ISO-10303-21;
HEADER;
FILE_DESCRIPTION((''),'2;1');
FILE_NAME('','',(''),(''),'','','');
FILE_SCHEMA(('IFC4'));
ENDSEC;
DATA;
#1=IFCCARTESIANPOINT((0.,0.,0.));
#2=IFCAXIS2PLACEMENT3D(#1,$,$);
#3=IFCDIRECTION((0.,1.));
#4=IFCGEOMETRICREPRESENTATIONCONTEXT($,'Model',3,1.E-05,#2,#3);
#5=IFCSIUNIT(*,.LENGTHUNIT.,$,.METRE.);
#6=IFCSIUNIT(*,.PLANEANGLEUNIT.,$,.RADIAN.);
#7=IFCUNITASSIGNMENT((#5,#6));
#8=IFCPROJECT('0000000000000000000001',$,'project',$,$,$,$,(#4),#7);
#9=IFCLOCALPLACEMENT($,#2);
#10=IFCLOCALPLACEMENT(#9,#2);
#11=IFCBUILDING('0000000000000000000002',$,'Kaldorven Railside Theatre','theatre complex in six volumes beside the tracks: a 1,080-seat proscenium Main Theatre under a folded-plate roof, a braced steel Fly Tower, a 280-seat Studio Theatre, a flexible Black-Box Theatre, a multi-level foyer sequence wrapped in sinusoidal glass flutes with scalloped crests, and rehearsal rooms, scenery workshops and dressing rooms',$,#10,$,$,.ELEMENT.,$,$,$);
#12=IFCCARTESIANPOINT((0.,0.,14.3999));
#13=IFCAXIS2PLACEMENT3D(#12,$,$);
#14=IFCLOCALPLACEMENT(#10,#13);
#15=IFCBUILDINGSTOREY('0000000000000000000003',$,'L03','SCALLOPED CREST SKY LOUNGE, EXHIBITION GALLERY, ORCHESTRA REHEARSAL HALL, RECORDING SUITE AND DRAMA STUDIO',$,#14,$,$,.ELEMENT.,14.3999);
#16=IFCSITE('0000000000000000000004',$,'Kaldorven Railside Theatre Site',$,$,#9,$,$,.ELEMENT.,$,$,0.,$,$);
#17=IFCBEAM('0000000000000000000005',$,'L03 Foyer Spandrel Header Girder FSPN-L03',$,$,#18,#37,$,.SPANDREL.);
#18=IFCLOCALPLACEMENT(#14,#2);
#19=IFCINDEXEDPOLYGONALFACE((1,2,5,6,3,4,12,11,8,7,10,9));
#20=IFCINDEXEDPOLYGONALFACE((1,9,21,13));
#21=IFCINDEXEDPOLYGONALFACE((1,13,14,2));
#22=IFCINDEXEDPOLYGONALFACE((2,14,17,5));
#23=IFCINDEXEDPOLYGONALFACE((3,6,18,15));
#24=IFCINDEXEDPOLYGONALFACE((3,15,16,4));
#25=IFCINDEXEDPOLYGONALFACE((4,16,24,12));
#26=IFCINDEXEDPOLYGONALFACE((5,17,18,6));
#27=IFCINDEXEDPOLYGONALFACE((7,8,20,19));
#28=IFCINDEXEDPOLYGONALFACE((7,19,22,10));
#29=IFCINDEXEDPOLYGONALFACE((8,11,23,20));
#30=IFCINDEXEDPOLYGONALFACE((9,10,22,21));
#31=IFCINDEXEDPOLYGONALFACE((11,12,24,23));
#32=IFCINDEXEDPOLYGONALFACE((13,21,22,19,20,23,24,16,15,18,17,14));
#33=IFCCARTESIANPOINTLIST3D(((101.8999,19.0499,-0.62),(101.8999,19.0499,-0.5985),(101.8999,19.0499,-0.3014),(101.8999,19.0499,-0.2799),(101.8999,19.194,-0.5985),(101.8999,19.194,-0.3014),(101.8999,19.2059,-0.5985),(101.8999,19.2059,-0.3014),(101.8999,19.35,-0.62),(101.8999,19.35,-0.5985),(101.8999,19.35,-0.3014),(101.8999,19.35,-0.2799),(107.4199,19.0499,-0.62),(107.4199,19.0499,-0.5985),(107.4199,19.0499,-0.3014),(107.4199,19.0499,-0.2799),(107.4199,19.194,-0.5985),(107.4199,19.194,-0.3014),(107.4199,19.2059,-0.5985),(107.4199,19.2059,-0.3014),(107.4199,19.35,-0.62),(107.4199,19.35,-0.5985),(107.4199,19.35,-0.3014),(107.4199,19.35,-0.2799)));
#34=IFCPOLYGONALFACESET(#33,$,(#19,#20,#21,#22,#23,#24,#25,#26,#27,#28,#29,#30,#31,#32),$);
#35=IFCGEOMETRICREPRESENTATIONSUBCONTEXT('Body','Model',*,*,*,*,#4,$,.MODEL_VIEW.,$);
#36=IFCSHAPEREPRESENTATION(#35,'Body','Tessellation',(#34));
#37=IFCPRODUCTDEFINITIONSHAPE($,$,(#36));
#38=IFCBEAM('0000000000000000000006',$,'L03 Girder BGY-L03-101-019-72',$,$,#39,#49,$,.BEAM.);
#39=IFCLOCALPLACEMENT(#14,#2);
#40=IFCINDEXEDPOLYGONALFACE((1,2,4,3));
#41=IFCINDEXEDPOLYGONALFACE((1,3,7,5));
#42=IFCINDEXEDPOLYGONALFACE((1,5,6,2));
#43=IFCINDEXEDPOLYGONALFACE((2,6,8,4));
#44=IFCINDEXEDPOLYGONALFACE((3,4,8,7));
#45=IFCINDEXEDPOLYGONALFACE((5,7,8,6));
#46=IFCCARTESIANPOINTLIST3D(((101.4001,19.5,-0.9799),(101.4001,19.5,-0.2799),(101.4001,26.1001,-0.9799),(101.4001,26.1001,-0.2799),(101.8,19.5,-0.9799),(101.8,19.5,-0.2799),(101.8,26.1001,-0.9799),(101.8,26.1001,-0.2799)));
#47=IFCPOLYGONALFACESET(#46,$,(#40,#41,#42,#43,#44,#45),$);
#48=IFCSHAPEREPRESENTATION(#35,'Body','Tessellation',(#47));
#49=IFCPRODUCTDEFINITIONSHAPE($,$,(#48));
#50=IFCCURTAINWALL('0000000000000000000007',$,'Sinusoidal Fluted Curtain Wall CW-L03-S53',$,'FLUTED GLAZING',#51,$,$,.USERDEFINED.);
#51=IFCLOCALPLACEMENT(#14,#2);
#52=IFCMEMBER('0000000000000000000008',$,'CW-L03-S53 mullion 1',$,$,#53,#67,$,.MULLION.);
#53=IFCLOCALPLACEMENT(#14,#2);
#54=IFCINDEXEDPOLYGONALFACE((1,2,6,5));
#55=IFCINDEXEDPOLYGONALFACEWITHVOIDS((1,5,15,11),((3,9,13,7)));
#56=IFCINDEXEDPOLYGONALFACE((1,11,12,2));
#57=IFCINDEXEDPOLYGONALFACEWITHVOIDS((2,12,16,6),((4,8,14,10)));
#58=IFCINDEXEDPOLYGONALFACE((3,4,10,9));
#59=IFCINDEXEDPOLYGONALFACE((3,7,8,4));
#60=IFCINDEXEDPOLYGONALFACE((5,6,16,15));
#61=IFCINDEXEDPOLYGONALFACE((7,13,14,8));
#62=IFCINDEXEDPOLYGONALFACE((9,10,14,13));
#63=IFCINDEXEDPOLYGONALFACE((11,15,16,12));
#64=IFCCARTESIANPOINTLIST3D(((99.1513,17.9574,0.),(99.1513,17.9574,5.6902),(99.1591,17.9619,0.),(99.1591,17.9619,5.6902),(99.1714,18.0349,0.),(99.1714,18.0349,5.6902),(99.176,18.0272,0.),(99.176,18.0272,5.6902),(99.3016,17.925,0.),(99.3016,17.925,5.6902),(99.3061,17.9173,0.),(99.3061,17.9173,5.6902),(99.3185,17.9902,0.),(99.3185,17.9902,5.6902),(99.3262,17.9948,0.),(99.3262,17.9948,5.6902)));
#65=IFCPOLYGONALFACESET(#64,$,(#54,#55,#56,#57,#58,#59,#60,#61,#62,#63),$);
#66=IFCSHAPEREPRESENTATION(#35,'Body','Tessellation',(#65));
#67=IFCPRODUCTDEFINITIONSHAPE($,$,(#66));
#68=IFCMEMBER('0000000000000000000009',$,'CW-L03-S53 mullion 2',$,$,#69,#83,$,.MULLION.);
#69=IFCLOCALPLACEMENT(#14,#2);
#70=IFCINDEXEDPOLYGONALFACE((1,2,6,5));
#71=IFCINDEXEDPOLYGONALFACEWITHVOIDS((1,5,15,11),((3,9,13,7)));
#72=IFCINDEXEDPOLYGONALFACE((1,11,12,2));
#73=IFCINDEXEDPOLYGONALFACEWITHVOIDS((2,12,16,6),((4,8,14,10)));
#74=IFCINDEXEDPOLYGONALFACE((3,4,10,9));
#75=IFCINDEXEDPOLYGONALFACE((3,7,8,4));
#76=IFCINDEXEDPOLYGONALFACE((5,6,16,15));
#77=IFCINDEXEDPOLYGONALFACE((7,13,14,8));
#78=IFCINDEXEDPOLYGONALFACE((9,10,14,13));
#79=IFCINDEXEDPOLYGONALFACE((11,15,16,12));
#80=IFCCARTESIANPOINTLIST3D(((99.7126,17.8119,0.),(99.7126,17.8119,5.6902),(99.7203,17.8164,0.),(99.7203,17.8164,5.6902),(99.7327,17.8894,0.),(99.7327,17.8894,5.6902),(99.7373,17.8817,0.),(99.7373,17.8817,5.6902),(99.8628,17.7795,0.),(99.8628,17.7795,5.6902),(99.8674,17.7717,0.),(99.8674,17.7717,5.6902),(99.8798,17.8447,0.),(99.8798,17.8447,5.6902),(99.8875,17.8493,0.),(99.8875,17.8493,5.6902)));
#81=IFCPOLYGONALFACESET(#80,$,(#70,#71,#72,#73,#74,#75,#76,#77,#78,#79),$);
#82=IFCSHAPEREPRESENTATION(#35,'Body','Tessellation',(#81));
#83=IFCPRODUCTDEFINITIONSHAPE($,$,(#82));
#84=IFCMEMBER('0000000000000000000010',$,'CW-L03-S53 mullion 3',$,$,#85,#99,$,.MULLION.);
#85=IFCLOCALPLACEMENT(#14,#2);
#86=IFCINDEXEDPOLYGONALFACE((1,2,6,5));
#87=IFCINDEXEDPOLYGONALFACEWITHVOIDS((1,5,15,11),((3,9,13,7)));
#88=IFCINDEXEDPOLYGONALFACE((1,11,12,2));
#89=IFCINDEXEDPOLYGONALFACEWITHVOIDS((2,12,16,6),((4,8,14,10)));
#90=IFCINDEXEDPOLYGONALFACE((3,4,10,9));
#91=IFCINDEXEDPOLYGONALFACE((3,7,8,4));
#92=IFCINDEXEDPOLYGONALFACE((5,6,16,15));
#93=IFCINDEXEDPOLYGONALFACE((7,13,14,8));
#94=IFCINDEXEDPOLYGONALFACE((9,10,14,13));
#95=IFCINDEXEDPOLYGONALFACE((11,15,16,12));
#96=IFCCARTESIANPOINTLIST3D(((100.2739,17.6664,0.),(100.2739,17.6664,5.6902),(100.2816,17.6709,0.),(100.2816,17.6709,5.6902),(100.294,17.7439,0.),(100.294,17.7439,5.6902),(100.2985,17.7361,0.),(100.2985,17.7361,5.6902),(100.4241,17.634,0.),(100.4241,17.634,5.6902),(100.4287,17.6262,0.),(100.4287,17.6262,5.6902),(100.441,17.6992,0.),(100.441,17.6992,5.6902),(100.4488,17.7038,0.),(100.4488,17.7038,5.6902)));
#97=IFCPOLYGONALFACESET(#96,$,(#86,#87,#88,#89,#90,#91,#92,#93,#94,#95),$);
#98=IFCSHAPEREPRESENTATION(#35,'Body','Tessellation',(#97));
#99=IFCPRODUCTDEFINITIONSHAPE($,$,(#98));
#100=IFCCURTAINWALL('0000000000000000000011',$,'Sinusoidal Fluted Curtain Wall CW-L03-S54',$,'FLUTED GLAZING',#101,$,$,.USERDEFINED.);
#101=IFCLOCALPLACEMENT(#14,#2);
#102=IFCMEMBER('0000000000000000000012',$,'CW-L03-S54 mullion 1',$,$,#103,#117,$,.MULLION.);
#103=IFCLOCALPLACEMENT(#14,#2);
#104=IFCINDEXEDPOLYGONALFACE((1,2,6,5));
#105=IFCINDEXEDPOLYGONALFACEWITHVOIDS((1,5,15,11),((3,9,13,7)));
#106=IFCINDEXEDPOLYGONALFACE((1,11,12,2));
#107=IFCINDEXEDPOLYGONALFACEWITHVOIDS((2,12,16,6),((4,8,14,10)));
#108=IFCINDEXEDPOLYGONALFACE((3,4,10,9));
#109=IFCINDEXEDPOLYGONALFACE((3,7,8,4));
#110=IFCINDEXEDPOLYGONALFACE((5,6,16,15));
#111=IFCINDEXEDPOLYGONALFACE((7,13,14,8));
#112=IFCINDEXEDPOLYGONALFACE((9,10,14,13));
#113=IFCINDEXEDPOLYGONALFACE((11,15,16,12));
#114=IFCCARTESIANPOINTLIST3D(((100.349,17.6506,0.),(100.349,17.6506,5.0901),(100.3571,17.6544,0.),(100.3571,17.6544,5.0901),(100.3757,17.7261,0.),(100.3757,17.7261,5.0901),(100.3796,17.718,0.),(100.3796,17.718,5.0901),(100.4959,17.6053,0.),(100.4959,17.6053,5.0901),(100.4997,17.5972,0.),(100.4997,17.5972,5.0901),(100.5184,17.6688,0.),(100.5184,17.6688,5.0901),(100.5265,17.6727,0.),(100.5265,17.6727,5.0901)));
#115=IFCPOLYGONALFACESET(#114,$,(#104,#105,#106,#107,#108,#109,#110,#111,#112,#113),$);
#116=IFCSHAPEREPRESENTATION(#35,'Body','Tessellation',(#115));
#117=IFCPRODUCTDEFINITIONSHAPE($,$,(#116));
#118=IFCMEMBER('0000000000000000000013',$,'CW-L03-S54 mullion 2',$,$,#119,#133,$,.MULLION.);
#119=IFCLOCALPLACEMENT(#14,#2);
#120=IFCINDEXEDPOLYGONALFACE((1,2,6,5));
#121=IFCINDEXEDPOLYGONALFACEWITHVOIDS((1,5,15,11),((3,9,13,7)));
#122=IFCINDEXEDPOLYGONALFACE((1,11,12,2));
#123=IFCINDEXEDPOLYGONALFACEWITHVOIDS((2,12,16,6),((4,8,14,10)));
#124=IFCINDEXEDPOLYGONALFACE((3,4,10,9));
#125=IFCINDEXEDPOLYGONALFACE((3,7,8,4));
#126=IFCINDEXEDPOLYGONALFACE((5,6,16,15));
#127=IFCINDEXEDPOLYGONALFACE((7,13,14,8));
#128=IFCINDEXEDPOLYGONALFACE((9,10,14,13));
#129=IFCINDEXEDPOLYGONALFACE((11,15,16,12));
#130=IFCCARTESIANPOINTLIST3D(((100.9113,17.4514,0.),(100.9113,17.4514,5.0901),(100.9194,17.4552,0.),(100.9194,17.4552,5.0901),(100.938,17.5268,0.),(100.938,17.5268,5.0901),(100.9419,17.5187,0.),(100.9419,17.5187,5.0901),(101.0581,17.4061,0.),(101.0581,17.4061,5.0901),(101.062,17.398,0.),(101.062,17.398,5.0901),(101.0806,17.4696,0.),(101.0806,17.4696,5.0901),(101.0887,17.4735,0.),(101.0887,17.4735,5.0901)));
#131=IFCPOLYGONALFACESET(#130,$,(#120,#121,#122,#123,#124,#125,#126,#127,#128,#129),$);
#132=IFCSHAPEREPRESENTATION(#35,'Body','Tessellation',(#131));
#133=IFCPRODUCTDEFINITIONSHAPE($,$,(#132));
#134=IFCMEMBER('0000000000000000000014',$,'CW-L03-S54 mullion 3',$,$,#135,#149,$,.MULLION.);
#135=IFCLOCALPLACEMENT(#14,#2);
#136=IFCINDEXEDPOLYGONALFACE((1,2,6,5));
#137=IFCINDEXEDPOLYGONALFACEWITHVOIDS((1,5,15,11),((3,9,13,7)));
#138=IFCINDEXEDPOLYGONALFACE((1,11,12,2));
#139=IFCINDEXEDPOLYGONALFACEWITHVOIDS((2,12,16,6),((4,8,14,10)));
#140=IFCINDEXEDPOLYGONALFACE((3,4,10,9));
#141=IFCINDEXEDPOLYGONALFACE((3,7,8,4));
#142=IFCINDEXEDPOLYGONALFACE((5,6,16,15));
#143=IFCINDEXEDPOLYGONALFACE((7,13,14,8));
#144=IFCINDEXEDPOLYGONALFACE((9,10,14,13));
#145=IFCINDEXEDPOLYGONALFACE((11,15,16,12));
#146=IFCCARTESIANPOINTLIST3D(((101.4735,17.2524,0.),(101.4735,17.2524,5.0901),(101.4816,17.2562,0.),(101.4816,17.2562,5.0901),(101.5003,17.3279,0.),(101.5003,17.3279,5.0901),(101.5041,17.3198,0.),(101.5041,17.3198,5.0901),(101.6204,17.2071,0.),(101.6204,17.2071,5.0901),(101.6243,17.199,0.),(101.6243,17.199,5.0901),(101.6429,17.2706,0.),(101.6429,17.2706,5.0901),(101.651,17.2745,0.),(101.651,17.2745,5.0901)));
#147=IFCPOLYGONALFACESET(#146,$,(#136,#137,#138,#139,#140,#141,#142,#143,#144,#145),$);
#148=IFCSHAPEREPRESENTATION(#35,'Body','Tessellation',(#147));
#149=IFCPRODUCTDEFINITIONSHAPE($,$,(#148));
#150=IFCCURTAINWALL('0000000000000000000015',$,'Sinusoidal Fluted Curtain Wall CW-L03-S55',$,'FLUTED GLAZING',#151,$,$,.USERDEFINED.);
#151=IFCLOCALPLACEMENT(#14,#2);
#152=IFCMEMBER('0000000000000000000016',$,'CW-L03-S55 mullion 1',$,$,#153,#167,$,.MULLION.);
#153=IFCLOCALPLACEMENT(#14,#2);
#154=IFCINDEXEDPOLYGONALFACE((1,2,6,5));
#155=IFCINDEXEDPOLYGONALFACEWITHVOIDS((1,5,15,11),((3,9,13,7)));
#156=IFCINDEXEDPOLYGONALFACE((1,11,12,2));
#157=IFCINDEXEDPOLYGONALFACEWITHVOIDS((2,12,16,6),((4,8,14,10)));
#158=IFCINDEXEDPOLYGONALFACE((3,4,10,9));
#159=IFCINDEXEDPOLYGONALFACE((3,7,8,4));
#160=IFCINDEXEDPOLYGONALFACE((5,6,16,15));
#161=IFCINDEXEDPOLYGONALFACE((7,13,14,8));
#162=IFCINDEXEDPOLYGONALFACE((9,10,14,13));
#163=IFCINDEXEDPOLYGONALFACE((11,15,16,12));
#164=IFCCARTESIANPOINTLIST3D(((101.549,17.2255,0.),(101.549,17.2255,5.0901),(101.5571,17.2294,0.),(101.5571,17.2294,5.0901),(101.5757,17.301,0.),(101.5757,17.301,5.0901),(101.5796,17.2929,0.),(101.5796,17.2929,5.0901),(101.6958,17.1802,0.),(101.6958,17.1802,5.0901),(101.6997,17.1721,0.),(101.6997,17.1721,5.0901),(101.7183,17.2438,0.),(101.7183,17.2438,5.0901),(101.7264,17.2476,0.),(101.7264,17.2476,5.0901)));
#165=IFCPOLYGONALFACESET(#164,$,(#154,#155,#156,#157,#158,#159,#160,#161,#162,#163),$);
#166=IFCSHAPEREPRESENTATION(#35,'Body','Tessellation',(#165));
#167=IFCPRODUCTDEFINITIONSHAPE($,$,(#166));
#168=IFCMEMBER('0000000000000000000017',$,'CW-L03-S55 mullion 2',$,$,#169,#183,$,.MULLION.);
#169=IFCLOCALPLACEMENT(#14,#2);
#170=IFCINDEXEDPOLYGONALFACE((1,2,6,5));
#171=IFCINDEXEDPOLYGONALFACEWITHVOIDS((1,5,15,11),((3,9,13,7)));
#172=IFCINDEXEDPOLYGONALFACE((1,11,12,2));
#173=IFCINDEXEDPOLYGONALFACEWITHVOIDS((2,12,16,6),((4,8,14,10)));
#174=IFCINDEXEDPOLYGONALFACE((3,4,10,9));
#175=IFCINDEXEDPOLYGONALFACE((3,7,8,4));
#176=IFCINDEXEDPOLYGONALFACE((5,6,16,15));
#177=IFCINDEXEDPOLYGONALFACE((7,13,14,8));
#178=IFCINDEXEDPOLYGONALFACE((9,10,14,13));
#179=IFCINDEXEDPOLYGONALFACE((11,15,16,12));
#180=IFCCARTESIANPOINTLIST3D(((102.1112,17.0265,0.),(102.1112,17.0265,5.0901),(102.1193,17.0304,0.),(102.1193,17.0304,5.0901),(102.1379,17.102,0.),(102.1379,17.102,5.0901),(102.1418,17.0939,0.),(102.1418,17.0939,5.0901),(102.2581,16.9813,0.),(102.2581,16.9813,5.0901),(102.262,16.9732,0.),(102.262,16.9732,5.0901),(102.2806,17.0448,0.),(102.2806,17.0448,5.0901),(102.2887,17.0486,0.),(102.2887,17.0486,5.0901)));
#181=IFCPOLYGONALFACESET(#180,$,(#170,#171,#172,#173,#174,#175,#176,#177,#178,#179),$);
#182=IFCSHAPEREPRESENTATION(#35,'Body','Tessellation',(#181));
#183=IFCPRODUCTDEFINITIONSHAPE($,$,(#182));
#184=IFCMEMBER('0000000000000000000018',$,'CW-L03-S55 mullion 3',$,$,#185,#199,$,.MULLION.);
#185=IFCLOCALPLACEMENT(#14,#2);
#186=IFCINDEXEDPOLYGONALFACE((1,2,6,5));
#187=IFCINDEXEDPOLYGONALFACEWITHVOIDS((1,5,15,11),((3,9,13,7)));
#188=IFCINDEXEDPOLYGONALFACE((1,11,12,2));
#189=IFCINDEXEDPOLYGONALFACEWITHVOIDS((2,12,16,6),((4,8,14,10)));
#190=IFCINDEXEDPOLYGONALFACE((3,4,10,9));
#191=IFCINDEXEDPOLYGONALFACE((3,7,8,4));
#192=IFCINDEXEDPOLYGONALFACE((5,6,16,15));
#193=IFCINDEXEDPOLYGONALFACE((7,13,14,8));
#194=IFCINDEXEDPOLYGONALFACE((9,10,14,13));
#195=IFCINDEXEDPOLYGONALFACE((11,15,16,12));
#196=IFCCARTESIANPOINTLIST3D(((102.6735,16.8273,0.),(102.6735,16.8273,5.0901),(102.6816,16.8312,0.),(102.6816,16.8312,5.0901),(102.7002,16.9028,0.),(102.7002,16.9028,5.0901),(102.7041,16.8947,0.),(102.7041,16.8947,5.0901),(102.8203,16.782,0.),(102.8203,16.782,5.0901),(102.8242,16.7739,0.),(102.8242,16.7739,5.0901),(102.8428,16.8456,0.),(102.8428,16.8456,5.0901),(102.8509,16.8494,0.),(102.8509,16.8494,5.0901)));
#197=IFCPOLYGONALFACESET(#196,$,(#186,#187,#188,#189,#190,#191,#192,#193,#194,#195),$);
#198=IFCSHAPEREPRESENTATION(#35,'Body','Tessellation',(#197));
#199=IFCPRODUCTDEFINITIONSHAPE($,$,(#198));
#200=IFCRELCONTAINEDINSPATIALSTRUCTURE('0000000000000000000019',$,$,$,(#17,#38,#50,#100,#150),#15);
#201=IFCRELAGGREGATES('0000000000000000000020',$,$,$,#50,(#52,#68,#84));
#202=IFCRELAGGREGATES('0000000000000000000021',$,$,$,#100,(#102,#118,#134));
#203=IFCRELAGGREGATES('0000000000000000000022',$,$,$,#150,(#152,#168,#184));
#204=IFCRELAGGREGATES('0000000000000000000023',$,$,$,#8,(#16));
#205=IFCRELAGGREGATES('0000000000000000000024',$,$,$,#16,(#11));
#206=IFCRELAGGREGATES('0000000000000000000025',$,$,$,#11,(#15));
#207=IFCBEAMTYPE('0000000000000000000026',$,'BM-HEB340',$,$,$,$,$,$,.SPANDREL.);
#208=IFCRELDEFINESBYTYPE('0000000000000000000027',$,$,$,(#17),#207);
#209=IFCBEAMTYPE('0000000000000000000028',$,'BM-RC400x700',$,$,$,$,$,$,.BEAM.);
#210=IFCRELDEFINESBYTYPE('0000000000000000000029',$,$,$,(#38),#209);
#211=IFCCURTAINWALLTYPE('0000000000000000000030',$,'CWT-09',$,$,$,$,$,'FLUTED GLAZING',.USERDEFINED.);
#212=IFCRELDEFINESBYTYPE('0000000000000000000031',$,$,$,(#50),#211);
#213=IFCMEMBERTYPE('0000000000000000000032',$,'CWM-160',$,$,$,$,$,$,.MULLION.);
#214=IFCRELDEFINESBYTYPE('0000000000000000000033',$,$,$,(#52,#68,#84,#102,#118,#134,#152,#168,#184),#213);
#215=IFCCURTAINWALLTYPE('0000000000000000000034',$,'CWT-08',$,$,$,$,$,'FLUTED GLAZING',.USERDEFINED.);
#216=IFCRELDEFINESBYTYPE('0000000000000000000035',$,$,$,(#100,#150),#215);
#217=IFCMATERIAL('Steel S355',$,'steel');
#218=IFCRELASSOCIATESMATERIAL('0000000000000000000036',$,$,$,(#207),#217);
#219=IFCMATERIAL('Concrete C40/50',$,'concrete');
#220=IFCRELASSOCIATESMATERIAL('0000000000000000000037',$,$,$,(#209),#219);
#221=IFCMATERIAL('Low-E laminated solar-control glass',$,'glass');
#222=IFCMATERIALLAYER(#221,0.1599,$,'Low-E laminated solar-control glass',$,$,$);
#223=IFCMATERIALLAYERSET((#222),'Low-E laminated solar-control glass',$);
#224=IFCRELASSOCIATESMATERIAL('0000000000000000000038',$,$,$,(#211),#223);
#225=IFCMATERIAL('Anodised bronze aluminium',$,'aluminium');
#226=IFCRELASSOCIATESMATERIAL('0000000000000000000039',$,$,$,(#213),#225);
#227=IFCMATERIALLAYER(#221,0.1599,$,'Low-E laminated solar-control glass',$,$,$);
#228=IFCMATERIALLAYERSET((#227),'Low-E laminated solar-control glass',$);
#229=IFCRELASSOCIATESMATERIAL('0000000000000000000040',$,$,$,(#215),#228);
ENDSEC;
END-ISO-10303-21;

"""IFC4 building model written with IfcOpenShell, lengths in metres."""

from ifc_helpers import new_model, si_unit, direction, frame, origin, origin_2d, place, context, subcontext, project, spatial, rectangle, hollow_rectangle, i_section, extrude, material, layer, layer_set, material_profile, profile_set, type_object, element, aggregate, save


model = new_model("IFC4")

# Units and contexts
model_context = context("Model", 3, precision=1e-05, world=origin(), true_north=direction((0.0, 1.0)))
body_context = subcontext(model_context, "Body", "Model", "MODEL_VIEW")
ifc_project = project(units=[si_unit("LENGTHUNIT", "METRE"), si_unit("PLANEANGLEUNIT", "RADIAN")], contexts=[model_context])

# Site, building, storey
site_placement = place(None, origin())
site = spatial("IfcSite", under=ifc_project, at=site_placement, Name="Kaldorven Railside Theatre Site", CompositionType="ELEMENT", RefElevation=0.0)
building_placement = place(site_placement, origin())
building = spatial("IfcBuilding", under=site, at=building_placement, Name="Kaldorven Railside Theatre", Description="theatre complex in six volumes beside the tracks: a 1,080-seat proscenium Main Theatre under a folded-plate roof, a braced steel Fly Tower, a 280-seat Studio Theatre, a flexible Black-Box Theatre, a multi-level foyer sequence wrapped in sinusoidal glass flutes with scalloped crests, and rehearsal rooms, scenery workshops and dressing rooms", CompositionType="ELEMENT")
storey_placement = place(building_placement, frame((0.0, 0.0, 14.3999)))
storey = spatial("IfcBuildingStorey", under=building, at=storey_placement, Name="L03", Description="SCALLOPED CREST SKY LOUNGE, EXHIBITION GALLERY, ORCHESTRA REHEARSAL HALL, RECORDING SUITE AND DRAMA STUDIO", CompositionType="ELEMENT", Elevation=14.3999)

# Shared definitions
ifc_material_1 = material(Name="Concrete C40/50", Category="concrete")

# Beams
ifc_material_2 = material(Name="Steel S355", Category="steel")
ifc_material_profile_1 = material_profile(ifc_material_2, i_section(OverallWidth=0.3, OverallDepth=0.3401, WebThickness=0.012, FlangeThickness=0.0215, at=origin_2d()), Name="HEB 340")
ifc_profile_set_1 = profile_set([ifc_material_profile_1], Name="Steel S355")
beam_type_1 = type_object("IfcBeamType", Name="BM-HEB340", PredefinedType="SPANDREL", material=ifc_profile_set_1)
beam_1_placement = place(storey_placement, frame((101.8999, 19.2, -0.45), z_axis=(1.0, 0.0, 0.0), x_axis=(0.0, 1.0, 0.0)))
element("IfcBeam", 1, at=beam_1_placement, inside=storey, type_object=beam_type_1, Name="L03 Foyer Spandrel Header Girder FSPN-L03", PredefinedType="SPANDREL", context=body_context, shape_type="SweptSolid", body=[
    extrude(i_section(OverallWidth=0.3, OverallDepth=0.3401, WebThickness=0.012, FlangeThickness=0.0215, at=origin_2d()), origin(), (0.0, 0.0, 1.0), 5.52),
])
ifc_material_profile_2 = material_profile(ifc_material_1, rectangle(XDim=0.3999, YDim=0.7, at=origin_2d()), Name="RC 400x700")
ifc_profile_set_2 = profile_set([ifc_material_profile_2], Name="Concrete C40/50")
beam_type_2 = type_object("IfcBeamType", Name="BM-RC400x700", PredefinedType="BEAM", material=ifc_profile_set_2)
beam_2_placement = place(storey_placement, frame((101.6001, 19.5, -0.6299), z_axis=(0.0, 1.0, 0.0), x_axis=(-1.0, 0.0, 0.0)))
element("IfcBeam", 2, at=beam_2_placement, inside=storey, type_object=beam_type_2, Name="L03 Girder BGY-L03-101-019-72", PredefinedType="BEAM", context=body_context, shape_type="SweptSolid", body=[
    extrude(rectangle(XDim=0.3999, YDim=0.7, at=origin_2d()), origin(), (0.0, 0.0, 1.0), 6.6001),
])

# Curtain walls, members
ifc_material_3 = material(Name="Low-E laminated solar-control glass", Category="glass")
ifc_layer_1 = layer(ifc_material_3, 0.1599, Name="Low-E laminated solar-control glass")
ifc_layer_set_1 = layer_set([ifc_layer_1], Name="Low-E laminated solar-control glass")
curtain_wall_type_1 = type_object("IfcCurtainWallType", Name="CWT-09", ElementType="FLUTED GLAZING", PredefinedType="USERDEFINED", material=ifc_layer_set_1)
curtain_wall_1_placement = place(storey_placement, origin())
curtain_wall_1 = element("IfcCurtainWall", 3, at=curtain_wall_1_placement, inside=storey, type_object=curtain_wall_type_1, Name="Sinusoidal Fluted Curtain Wall CW-L03-S53", ObjectType="FLUTED GLAZING", PredefinedType="USERDEFINED")
ifc_material_4 = material(Name="Anodised bronze aluminium", Category="aluminium")
ifc_material_profile_3 = material_profile(ifc_material_4, hollow_rectangle(XDim=0.0801, YDim=0.1599, WallThickness=0.0063, at=origin_2d()), Name="RHS 160x80x6.3")
ifc_profile_set_3 = profile_set([ifc_material_profile_3], Name="Anodised bronze aluminium")
member_type_1 = type_object("IfcMemberType", Name="CWM-160", PredefinedType="MULLION", material=ifc_profile_set_3)
member_1_placement = place(storey_placement, frame((99.2388, 17.9761, 0.0), z_axis=(0.0, 0.0, 1.0), x_axis=(0.250954, 0.967999, 0.0)))
member_1 = element("IfcMember", 4, at=member_1_placement, type_object=member_type_1, Name="CW-L03-S53 mullion 1", PredefinedType="MULLION", context=body_context, shape_type="SweptSolid", body=[
    extrude(hollow_rectangle(XDim=0.0801, YDim=0.1599, WallThickness=0.0063, at=origin_2d()), origin(), (0.0, 0.0, 1.0), 5.6902),
])
member_2_placement = place(storey_placement, frame((99.8, 17.8306, 0.0), z_axis=(0.0, 0.0, 1.0), x_axis=(0.250954, 0.967999, 0.0)))
member_2 = element("IfcMember", 5, at=member_2_placement, type_object=member_type_1, Name="CW-L03-S53 mullion 2", PredefinedType="MULLION", context=body_context, shape_type="SweptSolid", body=[
    extrude(hollow_rectangle(XDim=0.0801, YDim=0.1599, WallThickness=0.0063, at=origin_2d()), origin(), (0.0, 0.0, 1.0), 5.6902),
])
member_3_placement = place(storey_placement, frame((100.3613, 17.6851, 0.0), z_axis=(0.0, 0.0, 1.0), x_axis=(0.250954, 0.967999, 0.0)))
member_3 = element("IfcMember", 6, at=member_3_placement, type_object=member_type_1, Name="CW-L03-S53 mullion 3", PredefinedType="MULLION", context=body_context, shape_type="SweptSolid", body=[
    extrude(hollow_rectangle(XDim=0.0801, YDim=0.1599, WallThickness=0.0063, at=origin_2d()), origin(), (0.0, 0.0, 1.0), 5.6902),
])
ifc_layer_2 = layer(ifc_material_3, 0.1599, Name="Low-E laminated solar-control glass")
ifc_layer_set_2 = layer_set([ifc_layer_2], Name="Low-E laminated solar-control glass")
curtain_wall_type_2 = type_object("IfcCurtainWallType", Name="CWT-08", ElementType="FLUTED GLAZING", PredefinedType="USERDEFINED", material=ifc_layer_set_2)
curtain_wall_2_placement = place(storey_placement, origin())
curtain_wall_2 = element("IfcCurtainWall", 7, at=curtain_wall_2_placement, inside=storey, type_object=curtain_wall_type_2, Name="Sinusoidal Fluted Curtain Wall CW-L03-S54", ObjectType="FLUTED GLAZING", PredefinedType="USERDEFINED")
member_4_placement = place(storey_placement, frame((100.4377, 17.6616, 0.0), z_axis=(0.0, 0.0, 1.0), x_axis=(0.333847, 0.942627, 0.0)))
member_4 = element("IfcMember", 8, at=member_4_placement, type_object=member_type_1, Name="CW-L03-S54 mullion 1", PredefinedType="MULLION", context=body_context, shape_type="SweptSolid", body=[
    extrude(hollow_rectangle(XDim=0.0801, YDim=0.1599, WallThickness=0.0063, at=origin_2d()), origin(), (0.0, 0.0, 1.0), 5.0901),
])
member_5_placement = place(storey_placement, frame((101.0, 17.4624, 0.0), z_axis=(0.0, 0.0, 1.0), x_axis=(0.333847, 0.942627, 0.0)))
member_5 = element("IfcMember", 9, at=member_5_placement, type_object=member_type_1, Name="CW-L03-S54 mullion 2", PredefinedType="MULLION", context=body_context, shape_type="SweptSolid", body=[
    extrude(hollow_rectangle(XDim=0.0801, YDim=0.1599, WallThickness=0.0063, at=origin_2d()), origin(), (0.0, 0.0, 1.0), 5.0901),
])
member_6_placement = place(storey_placement, frame((101.5623, 17.2634, 0.0), z_axis=(0.0, 0.0, 1.0), x_axis=(0.333847, 0.942627, 0.0)))
member_6 = element("IfcMember", 10, at=member_6_placement, type_object=member_type_1, Name="CW-L03-S54 mullion 3", PredefinedType="MULLION", context=body_context, shape_type="SweptSolid", body=[
    extrude(hollow_rectangle(XDim=0.0801, YDim=0.1599, WallThickness=0.0063, at=origin_2d()), origin(), (0.0, 0.0, 1.0), 5.0901),
])
curtain_wall_3_placement = place(storey_placement, origin())
curtain_wall_3 = element("IfcCurtainWall", 11, at=curtain_wall_3_placement, inside=storey, type_object=curtain_wall_type_2, Name="Sinusoidal Fluted Curtain Wall CW-L03-S55", ObjectType="FLUTED GLAZING", PredefinedType="USERDEFINED")
member_7_placement = place(storey_placement, frame((101.6377, 17.2366, 0.0), z_axis=(0.0, 0.0, 1.0), x_axis=(0.333847, 0.942627, 0.0)))
member_7 = element("IfcMember", 12, at=member_7_placement, type_object=member_type_1, Name="CW-L03-S55 mullion 1", PredefinedType="MULLION", context=body_context, shape_type="SweptSolid", body=[
    extrude(hollow_rectangle(XDim=0.0801, YDim=0.1599, WallThickness=0.0063, at=origin_2d()), origin(), (0.0, 0.0, 1.0), 5.0901),
])
member_8_placement = place(storey_placement, frame((102.2, 17.0376, 0.0), z_axis=(0.0, 0.0, 1.0), x_axis=(0.333847, 0.942627, 0.0)))
member_8 = element("IfcMember", 13, at=member_8_placement, type_object=member_type_1, Name="CW-L03-S55 mullion 2", PredefinedType="MULLION", context=body_context, shape_type="SweptSolid", body=[
    extrude(hollow_rectangle(XDim=0.0801, YDim=0.1599, WallThickness=0.0063, at=origin_2d()), origin(), (0.0, 0.0, 1.0), 5.0901),
])
member_9_placement = place(storey_placement, frame((102.7622, 16.8384, 0.0), z_axis=(0.0, 0.0, 1.0), x_axis=(0.333847, 0.942627, 0.0)))
member_9 = element("IfcMember", 14, at=member_9_placement, type_object=member_type_1, Name="CW-L03-S55 mullion 3", PredefinedType="MULLION", context=body_context, shape_type="SweptSolid", body=[
    extrude(hollow_rectangle(XDim=0.0801, YDim=0.1599, WallThickness=0.0063, at=origin_2d()), origin(), (0.0, 0.0, 1.0), 5.0901),
])

aggregate(curtain_wall_1, [member_1, member_2, member_3])
aggregate(curtain_wall_2, [member_4, member_5, member_6])
aggregate(curtain_wall_3, [member_7, member_8, member_9])

save(model, "model.ifc")
